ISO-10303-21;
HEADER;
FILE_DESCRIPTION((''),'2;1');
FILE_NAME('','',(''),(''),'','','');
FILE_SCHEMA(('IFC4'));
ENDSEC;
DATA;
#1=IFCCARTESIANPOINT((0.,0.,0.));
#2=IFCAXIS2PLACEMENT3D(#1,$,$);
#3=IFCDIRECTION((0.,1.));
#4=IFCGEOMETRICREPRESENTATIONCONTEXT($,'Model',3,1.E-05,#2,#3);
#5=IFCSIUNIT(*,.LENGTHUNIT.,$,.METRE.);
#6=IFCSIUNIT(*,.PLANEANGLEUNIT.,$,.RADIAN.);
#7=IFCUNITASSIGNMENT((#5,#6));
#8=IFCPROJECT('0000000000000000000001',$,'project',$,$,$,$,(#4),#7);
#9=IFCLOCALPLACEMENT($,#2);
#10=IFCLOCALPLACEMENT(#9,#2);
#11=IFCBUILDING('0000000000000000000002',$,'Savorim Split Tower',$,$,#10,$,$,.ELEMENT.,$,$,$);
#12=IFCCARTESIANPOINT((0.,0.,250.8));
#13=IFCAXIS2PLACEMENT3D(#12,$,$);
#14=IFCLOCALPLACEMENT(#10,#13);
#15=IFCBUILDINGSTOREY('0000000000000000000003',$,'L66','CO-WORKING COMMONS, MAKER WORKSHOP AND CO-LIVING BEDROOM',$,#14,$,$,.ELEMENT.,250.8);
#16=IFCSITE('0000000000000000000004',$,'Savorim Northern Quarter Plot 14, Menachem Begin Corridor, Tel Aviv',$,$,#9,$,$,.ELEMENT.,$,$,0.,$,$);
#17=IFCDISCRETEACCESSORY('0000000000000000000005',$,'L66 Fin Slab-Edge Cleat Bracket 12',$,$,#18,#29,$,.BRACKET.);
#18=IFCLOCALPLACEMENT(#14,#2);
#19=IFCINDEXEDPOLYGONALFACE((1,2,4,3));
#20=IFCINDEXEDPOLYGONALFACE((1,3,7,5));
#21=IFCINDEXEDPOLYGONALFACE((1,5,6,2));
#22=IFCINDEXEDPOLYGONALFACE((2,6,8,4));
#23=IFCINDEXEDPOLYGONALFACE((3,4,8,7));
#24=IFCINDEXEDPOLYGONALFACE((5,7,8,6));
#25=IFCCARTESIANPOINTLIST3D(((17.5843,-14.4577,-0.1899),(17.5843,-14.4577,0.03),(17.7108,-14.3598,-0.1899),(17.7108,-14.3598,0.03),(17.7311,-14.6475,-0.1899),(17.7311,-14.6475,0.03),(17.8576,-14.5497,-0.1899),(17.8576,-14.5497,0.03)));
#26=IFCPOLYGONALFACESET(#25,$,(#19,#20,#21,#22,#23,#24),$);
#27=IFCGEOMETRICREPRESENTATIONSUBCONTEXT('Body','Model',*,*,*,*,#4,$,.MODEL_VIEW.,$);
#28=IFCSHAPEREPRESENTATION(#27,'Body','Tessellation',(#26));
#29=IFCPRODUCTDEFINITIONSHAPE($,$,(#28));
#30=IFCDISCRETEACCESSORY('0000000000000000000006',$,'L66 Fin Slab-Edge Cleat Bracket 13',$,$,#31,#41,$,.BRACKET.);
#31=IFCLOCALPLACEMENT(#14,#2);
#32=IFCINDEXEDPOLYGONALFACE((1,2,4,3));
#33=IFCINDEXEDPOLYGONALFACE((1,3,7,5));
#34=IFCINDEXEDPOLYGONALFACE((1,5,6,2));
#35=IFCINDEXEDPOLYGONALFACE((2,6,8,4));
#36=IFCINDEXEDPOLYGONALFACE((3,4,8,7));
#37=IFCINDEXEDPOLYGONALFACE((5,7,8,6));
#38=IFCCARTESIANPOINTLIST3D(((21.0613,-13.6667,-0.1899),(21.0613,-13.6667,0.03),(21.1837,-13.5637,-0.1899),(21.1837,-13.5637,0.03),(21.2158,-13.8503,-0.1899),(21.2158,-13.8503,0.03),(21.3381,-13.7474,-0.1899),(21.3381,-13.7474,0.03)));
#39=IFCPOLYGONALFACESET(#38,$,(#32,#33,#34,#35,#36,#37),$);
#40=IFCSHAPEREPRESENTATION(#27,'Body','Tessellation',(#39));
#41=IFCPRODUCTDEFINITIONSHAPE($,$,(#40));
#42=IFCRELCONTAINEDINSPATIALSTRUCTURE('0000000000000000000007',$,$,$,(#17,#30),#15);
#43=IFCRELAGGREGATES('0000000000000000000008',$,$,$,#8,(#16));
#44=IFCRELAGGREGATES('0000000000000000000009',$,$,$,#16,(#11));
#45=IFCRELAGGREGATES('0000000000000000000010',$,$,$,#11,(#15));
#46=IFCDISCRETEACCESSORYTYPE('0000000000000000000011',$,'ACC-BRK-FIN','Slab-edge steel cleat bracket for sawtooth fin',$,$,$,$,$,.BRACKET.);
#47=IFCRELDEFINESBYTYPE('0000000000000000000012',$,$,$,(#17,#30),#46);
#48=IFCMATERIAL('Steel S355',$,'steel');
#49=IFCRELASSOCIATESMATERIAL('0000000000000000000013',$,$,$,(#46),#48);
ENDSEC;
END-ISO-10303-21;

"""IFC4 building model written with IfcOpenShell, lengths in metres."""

from ifc_helpers import new_model, si_unit, direction, frame, origin, origin_2d, place, context, subcontext, project, spatial, rectangle, extrude, material, type_object, element, save


model = new_model("IFC4")

# Units and contexts
model_context = context("Model", 3, precision=1e-05, world=origin(), true_north=direction((0.0, 1.0)))
body_context = subcontext(model_context, "Body", "Model", "MODEL_VIEW")
ifc_project = project(units=[si_unit("LENGTHUNIT", "METRE"), si_unit("PLANEANGLEUNIT", "RADIAN")], contexts=[model_context])

# Site, building, storey
site_placement = place(None, origin())
site = spatial("IfcSite", under=ifc_project, at=site_placement, Name="Savorim Northern Quarter Plot 14, Menachem Begin Corridor, Tel Aviv", CompositionType="ELEMENT", RefElevation=0.0)
building_placement = place(site_placement, origin())
building = spatial("IfcBuilding", under=site, at=building_placement, Name="Savorim Split Tower", CompositionType="ELEMENT")
storey_placement = place(building_placement, frame((0.0, 0.0, 250.8)))
storey = spatial("IfcBuildingStorey", under=building, at=storey_placement, Name="L66", Description="CO-WORKING COMMONS, MAKER WORKSHOP AND CO-LIVING BEDROOM", CompositionType="ELEMENT", Elevation=250.8)

# Shared definitions
ifc_material_1 = material(Name="Steel S355", Category="steel")

# Discrete accessories
discrete_accessory_type = type_object("IfcDiscreteAccessoryType", Name="ACC-BRK-FIN", Description="Slab-edge steel cleat bracket for sawtooth fin", PredefinedType="BRACKET", material=ifc_material_1)
for number, where, z_axis, x_axis, name in (
    (1, (17.7209, -14.5037, -0.1899), (0.0, 0.0, 1.0), (0.611868, -0.79096, 0.0), "L66 Fin Slab-Edge Cleat Bracket 12"),
    (2, (21.1997, -13.707, -0.1899), (0.0, 0.0, 1.0), (0.643719, -0.765262, 0.0), "L66 Fin Slab-Edge Cleat Bracket 13"),
):
    element("IfcDiscreteAccessory", number, at=place(storey_placement, frame(where, z_axis=z_axis, x_axis=x_axis)), inside=storey, type_object=discrete_accessory_type, Name=name, PredefinedType="BRACKET", context=body_context, shape_type="SweptSolid", body=[
        extrude(rectangle(XDim=0.24, YDim=0.1599, at=origin_2d()), origin(), (0.0, 0.0, 1.0), 0.22),
    ])

save(model, "model.ifc")
